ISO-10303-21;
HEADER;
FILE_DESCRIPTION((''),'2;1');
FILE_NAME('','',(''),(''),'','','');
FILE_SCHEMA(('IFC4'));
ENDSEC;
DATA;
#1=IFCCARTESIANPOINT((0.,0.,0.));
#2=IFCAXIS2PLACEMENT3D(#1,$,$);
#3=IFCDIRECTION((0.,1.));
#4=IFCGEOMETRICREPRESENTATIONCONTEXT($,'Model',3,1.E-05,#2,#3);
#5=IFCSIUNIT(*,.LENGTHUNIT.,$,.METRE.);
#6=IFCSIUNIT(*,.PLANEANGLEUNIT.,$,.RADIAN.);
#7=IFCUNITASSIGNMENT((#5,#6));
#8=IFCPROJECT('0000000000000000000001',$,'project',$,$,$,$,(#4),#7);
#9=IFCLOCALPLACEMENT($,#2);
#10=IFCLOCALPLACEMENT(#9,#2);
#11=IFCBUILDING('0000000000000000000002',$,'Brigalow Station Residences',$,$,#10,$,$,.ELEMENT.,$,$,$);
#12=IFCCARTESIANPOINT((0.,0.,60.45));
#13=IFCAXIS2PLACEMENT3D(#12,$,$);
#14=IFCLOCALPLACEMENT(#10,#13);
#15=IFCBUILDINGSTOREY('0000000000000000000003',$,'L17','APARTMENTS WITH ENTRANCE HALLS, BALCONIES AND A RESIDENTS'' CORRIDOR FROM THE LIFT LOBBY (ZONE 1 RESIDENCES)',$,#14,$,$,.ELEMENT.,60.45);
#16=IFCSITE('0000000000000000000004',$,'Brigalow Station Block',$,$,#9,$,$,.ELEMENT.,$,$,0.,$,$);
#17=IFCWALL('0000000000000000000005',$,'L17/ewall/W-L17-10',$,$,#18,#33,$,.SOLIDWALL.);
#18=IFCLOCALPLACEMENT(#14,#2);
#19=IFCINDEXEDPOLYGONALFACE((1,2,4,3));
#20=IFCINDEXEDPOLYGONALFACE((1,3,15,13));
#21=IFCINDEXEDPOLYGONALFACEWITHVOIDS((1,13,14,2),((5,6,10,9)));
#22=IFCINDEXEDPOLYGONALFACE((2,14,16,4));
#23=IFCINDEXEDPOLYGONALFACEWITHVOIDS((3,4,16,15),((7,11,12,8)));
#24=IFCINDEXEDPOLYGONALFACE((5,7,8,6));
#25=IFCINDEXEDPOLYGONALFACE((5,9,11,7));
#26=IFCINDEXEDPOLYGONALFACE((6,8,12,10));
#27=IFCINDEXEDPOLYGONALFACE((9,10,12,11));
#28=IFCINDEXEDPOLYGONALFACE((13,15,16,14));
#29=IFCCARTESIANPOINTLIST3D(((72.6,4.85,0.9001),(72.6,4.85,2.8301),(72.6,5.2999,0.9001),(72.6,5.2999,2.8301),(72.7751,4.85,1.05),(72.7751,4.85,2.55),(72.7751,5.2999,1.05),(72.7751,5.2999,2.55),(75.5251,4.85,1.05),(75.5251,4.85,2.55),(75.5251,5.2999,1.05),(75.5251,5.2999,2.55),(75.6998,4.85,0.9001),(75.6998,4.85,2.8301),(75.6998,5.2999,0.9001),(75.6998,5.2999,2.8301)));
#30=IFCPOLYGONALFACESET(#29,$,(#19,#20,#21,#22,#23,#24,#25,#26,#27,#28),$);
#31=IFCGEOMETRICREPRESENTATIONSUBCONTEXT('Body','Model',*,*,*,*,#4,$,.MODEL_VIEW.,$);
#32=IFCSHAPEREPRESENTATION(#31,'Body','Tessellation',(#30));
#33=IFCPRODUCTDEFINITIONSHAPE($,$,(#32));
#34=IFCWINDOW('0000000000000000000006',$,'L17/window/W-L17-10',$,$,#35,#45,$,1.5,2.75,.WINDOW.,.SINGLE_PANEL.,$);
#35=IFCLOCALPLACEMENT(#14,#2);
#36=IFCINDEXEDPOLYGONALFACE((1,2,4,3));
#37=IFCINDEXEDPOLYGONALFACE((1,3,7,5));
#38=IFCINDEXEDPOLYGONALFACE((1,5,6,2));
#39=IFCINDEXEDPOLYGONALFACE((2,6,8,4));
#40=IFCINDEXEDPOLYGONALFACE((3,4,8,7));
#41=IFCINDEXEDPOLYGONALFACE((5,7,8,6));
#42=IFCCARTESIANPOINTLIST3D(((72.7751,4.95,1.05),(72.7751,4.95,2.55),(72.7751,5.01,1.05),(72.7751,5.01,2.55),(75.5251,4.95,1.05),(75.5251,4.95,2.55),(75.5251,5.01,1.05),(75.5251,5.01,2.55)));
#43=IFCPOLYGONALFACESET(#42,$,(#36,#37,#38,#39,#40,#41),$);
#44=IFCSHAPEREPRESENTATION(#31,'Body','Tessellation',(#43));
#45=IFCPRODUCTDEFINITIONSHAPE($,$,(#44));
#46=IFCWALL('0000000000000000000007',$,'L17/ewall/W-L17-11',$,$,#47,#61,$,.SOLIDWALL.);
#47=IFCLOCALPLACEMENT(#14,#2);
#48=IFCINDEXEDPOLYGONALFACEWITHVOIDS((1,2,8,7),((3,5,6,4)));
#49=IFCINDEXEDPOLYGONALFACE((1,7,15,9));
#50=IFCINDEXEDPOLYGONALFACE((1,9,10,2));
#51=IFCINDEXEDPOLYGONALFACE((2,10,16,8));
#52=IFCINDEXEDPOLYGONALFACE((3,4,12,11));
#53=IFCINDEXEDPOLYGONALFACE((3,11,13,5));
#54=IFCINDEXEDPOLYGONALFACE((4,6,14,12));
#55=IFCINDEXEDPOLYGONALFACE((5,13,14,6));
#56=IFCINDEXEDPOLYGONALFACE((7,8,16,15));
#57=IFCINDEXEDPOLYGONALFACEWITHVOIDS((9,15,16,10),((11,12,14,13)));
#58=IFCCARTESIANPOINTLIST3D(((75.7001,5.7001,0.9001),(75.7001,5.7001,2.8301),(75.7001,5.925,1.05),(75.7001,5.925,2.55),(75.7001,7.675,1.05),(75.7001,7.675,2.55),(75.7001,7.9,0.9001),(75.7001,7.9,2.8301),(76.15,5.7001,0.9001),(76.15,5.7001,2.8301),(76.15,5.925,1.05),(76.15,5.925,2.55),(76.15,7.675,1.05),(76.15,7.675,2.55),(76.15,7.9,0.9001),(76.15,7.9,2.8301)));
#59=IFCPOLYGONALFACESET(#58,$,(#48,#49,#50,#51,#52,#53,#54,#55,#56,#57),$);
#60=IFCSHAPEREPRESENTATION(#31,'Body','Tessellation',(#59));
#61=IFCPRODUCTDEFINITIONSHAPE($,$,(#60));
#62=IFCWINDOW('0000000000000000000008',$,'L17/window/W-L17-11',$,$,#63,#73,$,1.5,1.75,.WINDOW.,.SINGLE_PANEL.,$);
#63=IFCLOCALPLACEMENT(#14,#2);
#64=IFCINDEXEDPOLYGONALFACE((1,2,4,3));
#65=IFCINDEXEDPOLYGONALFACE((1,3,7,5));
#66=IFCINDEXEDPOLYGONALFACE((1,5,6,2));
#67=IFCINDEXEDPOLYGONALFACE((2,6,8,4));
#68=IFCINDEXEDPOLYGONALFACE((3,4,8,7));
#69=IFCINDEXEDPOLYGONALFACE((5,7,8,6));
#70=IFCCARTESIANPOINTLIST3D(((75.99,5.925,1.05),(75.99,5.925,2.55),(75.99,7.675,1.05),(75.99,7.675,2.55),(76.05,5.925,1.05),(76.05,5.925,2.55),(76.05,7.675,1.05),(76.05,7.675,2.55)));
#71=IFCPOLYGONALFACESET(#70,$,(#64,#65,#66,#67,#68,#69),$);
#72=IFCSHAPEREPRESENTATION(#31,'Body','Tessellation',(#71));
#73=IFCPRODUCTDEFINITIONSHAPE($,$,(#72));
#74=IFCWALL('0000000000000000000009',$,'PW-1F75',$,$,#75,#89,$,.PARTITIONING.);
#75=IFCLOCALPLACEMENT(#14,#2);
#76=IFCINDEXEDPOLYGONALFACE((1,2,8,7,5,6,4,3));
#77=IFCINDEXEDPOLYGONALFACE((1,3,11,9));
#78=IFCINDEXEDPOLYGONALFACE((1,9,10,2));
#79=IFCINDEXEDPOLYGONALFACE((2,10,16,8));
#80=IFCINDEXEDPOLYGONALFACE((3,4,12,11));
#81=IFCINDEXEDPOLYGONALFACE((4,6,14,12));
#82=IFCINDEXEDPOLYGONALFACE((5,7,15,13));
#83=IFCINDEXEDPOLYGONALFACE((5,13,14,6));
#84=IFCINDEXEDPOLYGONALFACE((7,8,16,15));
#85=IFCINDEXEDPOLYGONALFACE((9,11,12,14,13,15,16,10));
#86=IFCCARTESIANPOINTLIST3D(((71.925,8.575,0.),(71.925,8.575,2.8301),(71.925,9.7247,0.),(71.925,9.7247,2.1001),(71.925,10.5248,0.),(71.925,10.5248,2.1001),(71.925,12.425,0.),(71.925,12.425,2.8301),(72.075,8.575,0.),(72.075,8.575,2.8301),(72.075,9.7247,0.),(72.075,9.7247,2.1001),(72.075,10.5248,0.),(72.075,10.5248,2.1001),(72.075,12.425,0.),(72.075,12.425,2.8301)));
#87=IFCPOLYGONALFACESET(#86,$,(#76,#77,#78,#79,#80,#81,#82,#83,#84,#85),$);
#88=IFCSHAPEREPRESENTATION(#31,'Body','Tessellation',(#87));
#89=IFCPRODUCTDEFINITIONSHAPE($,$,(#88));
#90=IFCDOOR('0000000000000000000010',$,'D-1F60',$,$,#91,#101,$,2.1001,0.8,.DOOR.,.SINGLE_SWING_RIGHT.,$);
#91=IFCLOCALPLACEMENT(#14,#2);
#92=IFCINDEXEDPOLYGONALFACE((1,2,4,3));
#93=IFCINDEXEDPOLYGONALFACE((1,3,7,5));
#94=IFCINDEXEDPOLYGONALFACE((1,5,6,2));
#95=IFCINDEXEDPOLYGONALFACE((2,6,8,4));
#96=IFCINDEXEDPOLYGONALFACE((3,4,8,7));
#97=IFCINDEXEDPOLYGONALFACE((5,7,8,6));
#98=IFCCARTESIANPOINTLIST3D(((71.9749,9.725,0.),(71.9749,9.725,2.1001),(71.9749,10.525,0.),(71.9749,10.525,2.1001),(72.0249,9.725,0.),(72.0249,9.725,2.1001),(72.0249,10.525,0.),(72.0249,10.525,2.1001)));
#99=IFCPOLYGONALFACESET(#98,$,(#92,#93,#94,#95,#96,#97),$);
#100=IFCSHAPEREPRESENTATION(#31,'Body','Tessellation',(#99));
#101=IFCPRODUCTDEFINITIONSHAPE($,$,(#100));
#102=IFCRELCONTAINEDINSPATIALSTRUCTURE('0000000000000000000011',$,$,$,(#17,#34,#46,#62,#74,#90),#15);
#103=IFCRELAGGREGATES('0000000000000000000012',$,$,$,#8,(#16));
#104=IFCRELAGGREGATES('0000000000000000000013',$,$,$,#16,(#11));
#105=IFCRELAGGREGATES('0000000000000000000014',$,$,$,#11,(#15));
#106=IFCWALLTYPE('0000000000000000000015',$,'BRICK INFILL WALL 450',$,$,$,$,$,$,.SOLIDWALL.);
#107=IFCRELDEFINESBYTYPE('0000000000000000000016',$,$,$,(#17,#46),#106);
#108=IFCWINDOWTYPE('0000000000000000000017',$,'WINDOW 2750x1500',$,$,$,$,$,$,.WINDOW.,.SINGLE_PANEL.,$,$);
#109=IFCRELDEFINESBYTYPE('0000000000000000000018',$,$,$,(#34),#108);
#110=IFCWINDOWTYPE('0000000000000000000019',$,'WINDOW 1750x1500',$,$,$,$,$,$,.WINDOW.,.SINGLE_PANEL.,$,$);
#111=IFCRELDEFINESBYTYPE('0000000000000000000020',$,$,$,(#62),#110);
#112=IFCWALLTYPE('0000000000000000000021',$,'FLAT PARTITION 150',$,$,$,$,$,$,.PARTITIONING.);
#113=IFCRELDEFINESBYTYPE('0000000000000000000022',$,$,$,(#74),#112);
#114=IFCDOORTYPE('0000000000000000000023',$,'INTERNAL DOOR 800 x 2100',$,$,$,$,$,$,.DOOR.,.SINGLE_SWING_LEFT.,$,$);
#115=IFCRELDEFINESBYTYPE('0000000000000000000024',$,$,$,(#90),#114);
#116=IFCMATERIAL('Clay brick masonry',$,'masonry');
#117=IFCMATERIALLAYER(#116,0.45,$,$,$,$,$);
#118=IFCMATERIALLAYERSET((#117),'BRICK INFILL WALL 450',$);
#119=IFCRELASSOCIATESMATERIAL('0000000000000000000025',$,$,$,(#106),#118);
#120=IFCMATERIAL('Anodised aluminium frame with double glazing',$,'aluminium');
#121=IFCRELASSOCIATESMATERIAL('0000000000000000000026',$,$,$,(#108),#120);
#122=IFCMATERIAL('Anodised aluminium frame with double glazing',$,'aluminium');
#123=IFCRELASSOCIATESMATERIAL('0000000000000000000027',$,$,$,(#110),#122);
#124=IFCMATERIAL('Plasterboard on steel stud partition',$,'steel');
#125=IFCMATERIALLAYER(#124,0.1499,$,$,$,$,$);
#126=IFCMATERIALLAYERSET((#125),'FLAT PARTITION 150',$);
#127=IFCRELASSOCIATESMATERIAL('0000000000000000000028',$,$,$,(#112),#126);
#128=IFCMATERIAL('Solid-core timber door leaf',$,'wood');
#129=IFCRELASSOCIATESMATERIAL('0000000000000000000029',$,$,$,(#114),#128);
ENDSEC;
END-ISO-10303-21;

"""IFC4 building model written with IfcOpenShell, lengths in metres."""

from ifc_helpers import new_model, si_unit, direction, frame, frame_2d, origin, place, context, subcontext, project, spatial, rectangle, extrude, material, layer, layer_set, type_object, element, fill, save


model = new_model("IFC4")

# Units and contexts
model_context = context("Model", 3, precision=1e-05, world=origin(), true_north=direction((0.0, 1.0)))
body_context = subcontext(model_context, "Body", "Model", "MODEL_VIEW")
ifc_project = project(units=[si_unit("LENGTHUNIT", "METRE"), si_unit("PLANEANGLEUNIT", "RADIAN")], contexts=[model_context])

# Site, building, storey
site_placement = place(None, origin())
site = spatial("IfcSite", under=ifc_project, at=site_placement, Name="Brigalow Station Block", CompositionType="ELEMENT", RefElevation=0.0)
building_placement = place(site_placement, origin())
building = spatial("IfcBuilding", under=site, at=building_placement, Name="Brigalow Station Residences", CompositionType="ELEMENT")
storey_placement = place(building_placement, frame((0.0, 0.0, 60.45)))
storey = spatial("IfcBuildingStorey", under=building, at=storey_placement, Name="L17", Description="APARTMENTS WITH ENTRANCE HALLS, BALCONIES AND A RESIDENTS' CORRIDOR FROM THE LIFT LOBBY (ZONE 1 RESIDENCES)", CompositionType="ELEMENT", Elevation=60.45)

# Walls, openings, windows
ifc_material_1 = material(Name="Clay brick masonry", Category="masonry")
ifc_layer_1 = layer(ifc_material_1, 0.45)
ifc_layer_set_1 = layer_set([ifc_layer_1], Name="BRICK INFILL WALL 450")
wall_type_1 = type_object("IfcWallType", Name="BRICK INFILL WALL 450", PredefinedType="SOLIDWALL", material=ifc_layer_set_1)
wall_1_placement = place(storey_placement, frame((72.6001, 5.075, 0.9001), z_axis=(0.0, 0.0, 1.0), x_axis=(1.0, 0.0, 0.0)))
wall_1 = element("IfcWall", 1, at=wall_1_placement, inside=storey, type_object=wall_type_1, Name="L17/ewall/W-L17-10", PredefinedType="SOLIDWALL", context=body_context, shape_type="SweptSolid", body=[
    extrude(rectangle(XDim=3.0999, YDim=0.45, at=frame_2d((1.5498, 0.0))), origin(), (0.0, 0.0, 1.0), 1.9299),
])
opening_1_placement = place(wall_1_placement, frame((0.175, 0.0, 0.1499)))
opening_1 = element("IfcOpeningElement", 2, at=opening_1_placement, cuts=wall_1, PredefinedType="OPENING", context=body_context, shape_type="SweptSolid", body=[
    extrude(rectangle(XDim=2.75, YDim=1.5, at=frame_2d((1.375, 0.75))), frame((0.0, 0.2349, 0.0), z_axis=(0.0, -1.0, 0.0), x_axis=(1.0, 0.0, 0.0)), (0.0, 0.0, 1.0), 0.47),
])
ifc_material_2 = material(Name="Anodised aluminium frame with double glazing", Category="aluminium")
window_type_1 = type_object("IfcWindowType", Name="WINDOW 2750x1500", PartitioningType="SINGLE_PANEL", PredefinedType="WINDOW", material=ifc_material_2)
window_1_placement = place(opening_1_placement, origin())
window_1 = element("IfcWindow", 3, at=window_1_placement, inside=storey, type_object=window_type_1, Name="L17/window/W-L17-10", OverallHeight=1.5, OverallWidth=2.75, PartitioningType="SINGLE_PANEL", PredefinedType="WINDOW", context=body_context, shape_type="SweptSolid", body=[
    extrude(rectangle(XDim=2.75, YDim=1.5, at=frame_2d((1.375, 0.75))), frame((0.0, -0.0649, 0.0), z_axis=(0.0, -1.0, 0.0), x_axis=(1.0, 0.0, 0.0)), (0.0, 0.0, 1.0), 0.0601),
])
fill(opening_1, window_1)
wall_2_placement = place(storey_placement, frame((75.925, 5.7, 0.9001), z_axis=(0.0, 0.0, 1.0), x_axis=(0.0, 1.0, 0.0)))
wall_2 = element("IfcWall", 4, at=wall_2_placement, inside=storey, type_object=wall_type_1, Name="L17/ewall/W-L17-11", PredefinedType="SOLIDWALL", context=body_context, shape_type="SweptSolid", body=[
    extrude(rectangle(XDim=2.2, YDim=0.45, at=frame_2d((1.1001, 0.0))), origin(), (0.0, 0.0, 1.0), 1.9299),
])
opening_2_placement = place(wall_2_placement, frame((0.2251, 0.0, 0.1499)))
opening_2 = element("IfcOpeningElement", 5, at=opening_2_placement, cuts=wall_2, PredefinedType="OPENING", context=body_context, shape_type="SweptSolid", body=[
    extrude(rectangle(XDim=1.75, YDim=1.5, at=frame_2d((0.875, 0.75))), frame((0.0, 0.2349, 0.0), z_axis=(0.0, -1.0, 0.0), x_axis=(1.0, 0.0, 0.0)), (0.0, 0.0, 1.0), 0.47),
])
ifc_material_3 = material(Name="Anodised aluminium frame with double glazing", Category="aluminium")
window_type_2 = type_object("IfcWindowType", Name="WINDOW 1750x1500", PartitioningType="SINGLE_PANEL", PredefinedType="WINDOW", material=ifc_material_3)
window_2_placement = place(opening_2_placement, origin())
window_2 = element("IfcWindow", 6, at=window_2_placement, inside=storey, type_object=window_type_2, Name="L17/window/W-L17-11", OverallHeight=1.5, OverallWidth=1.75, PartitioningType="SINGLE_PANEL", PredefinedType="WINDOW", context=body_context, shape_type="SweptSolid", body=[
    extrude(rectangle(XDim=1.75, YDim=1.5, at=frame_2d((0.875, 0.75))), frame((0.0, -0.0649, 0.0), z_axis=(0.0, -1.0, 0.0), x_axis=(1.0, 0.0, 0.0)), (0.0, 0.0, 1.0), 0.0601),
])
fill(opening_2, window_2)

# Wall, opening, door
ifc_material_4 = material(Name="Plasterboard on steel stud partition", Category="steel")
ifc_layer_2 = layer(ifc_material_4, 0.1499)
ifc_layer_set_2 = layer_set([ifc_layer_2], Name="FLAT PARTITION 150")
wall_type_2 = type_object("IfcWallType", Name="FLAT PARTITION 150", PredefinedType="PARTITIONING", material=ifc_layer_set_2)
wall_3_placement = place(storey_placement, frame((72.0, 8.575, 0.0), z_axis=(0.0, 0.0, 1.0), x_axis=(0.0, 1.0, 0.0)))
wall_3 = element("IfcWall", 7, at=wall_3_placement, inside=storey, type_object=wall_type_2, Name="PW-1F75", PredefinedType="PARTITIONING", context=body_context, shape_type="SweptSolid", body=[
    extrude(rectangle(XDim=3.8501, YDim=0.1499, at=frame_2d((1.925, 0.0))), origin(), (0.0, 0.0, 1.0), 2.8301),
])
opening_3_placement = place(wall_3_placement, frame((1.1499, 0.0, 0.0)))
opening_3 = element("IfcOpeningElement", 8, at=opening_3_placement, cuts=wall_3, PredefinedType="OPENING", context=body_context, shape_type="SweptSolid", body=[
    extrude(rectangle(XDim=0.8, YDim=2.1001, at=frame_2d((0.3999, 1.05))), frame((0.0, 0.085, 0.0), z_axis=(0.0, -1.0, 0.0), x_axis=(1.0, 0.0, 0.0)), (0.0, 0.0, 1.0), 0.1699),
])
ifc_material_5 = material(Name="Solid-core timber door leaf", Category="wood")
door_type = type_object("IfcDoorType", Name="INTERNAL DOOR 800 x 2100", OperationType="SINGLE_SWING_LEFT", PredefinedType="DOOR", material=ifc_material_5)
door_placement = place(opening_3_placement, frame((0.8, 0.0, 0.0), z_axis=(0.0, 0.0, 1.0), x_axis=(-1.0, 0.0, 0.0)))
door = element("IfcDoor", 9, at=door_placement, inside=storey, type_object=door_type, Name="D-1F60", OperationType="SINGLE_SWING_RIGHT", OverallHeight=2.1001, OverallWidth=0.8, PredefinedType="DOOR", context=body_context, shape_type="SweptSolid", body=[
    extrude(rectangle(XDim=0.8, YDim=2.1001, at=frame_2d((0.3999, 1.05))), frame((0.0, 0.0249, 0.0), z_axis=(0.0, -1.0, 0.0), x_axis=(1.0, 0.0, 0.0)), (0.0, 0.0, 1.0), 0.05),
])
fill(opening_3, door)

save(model, "model.ifc")
